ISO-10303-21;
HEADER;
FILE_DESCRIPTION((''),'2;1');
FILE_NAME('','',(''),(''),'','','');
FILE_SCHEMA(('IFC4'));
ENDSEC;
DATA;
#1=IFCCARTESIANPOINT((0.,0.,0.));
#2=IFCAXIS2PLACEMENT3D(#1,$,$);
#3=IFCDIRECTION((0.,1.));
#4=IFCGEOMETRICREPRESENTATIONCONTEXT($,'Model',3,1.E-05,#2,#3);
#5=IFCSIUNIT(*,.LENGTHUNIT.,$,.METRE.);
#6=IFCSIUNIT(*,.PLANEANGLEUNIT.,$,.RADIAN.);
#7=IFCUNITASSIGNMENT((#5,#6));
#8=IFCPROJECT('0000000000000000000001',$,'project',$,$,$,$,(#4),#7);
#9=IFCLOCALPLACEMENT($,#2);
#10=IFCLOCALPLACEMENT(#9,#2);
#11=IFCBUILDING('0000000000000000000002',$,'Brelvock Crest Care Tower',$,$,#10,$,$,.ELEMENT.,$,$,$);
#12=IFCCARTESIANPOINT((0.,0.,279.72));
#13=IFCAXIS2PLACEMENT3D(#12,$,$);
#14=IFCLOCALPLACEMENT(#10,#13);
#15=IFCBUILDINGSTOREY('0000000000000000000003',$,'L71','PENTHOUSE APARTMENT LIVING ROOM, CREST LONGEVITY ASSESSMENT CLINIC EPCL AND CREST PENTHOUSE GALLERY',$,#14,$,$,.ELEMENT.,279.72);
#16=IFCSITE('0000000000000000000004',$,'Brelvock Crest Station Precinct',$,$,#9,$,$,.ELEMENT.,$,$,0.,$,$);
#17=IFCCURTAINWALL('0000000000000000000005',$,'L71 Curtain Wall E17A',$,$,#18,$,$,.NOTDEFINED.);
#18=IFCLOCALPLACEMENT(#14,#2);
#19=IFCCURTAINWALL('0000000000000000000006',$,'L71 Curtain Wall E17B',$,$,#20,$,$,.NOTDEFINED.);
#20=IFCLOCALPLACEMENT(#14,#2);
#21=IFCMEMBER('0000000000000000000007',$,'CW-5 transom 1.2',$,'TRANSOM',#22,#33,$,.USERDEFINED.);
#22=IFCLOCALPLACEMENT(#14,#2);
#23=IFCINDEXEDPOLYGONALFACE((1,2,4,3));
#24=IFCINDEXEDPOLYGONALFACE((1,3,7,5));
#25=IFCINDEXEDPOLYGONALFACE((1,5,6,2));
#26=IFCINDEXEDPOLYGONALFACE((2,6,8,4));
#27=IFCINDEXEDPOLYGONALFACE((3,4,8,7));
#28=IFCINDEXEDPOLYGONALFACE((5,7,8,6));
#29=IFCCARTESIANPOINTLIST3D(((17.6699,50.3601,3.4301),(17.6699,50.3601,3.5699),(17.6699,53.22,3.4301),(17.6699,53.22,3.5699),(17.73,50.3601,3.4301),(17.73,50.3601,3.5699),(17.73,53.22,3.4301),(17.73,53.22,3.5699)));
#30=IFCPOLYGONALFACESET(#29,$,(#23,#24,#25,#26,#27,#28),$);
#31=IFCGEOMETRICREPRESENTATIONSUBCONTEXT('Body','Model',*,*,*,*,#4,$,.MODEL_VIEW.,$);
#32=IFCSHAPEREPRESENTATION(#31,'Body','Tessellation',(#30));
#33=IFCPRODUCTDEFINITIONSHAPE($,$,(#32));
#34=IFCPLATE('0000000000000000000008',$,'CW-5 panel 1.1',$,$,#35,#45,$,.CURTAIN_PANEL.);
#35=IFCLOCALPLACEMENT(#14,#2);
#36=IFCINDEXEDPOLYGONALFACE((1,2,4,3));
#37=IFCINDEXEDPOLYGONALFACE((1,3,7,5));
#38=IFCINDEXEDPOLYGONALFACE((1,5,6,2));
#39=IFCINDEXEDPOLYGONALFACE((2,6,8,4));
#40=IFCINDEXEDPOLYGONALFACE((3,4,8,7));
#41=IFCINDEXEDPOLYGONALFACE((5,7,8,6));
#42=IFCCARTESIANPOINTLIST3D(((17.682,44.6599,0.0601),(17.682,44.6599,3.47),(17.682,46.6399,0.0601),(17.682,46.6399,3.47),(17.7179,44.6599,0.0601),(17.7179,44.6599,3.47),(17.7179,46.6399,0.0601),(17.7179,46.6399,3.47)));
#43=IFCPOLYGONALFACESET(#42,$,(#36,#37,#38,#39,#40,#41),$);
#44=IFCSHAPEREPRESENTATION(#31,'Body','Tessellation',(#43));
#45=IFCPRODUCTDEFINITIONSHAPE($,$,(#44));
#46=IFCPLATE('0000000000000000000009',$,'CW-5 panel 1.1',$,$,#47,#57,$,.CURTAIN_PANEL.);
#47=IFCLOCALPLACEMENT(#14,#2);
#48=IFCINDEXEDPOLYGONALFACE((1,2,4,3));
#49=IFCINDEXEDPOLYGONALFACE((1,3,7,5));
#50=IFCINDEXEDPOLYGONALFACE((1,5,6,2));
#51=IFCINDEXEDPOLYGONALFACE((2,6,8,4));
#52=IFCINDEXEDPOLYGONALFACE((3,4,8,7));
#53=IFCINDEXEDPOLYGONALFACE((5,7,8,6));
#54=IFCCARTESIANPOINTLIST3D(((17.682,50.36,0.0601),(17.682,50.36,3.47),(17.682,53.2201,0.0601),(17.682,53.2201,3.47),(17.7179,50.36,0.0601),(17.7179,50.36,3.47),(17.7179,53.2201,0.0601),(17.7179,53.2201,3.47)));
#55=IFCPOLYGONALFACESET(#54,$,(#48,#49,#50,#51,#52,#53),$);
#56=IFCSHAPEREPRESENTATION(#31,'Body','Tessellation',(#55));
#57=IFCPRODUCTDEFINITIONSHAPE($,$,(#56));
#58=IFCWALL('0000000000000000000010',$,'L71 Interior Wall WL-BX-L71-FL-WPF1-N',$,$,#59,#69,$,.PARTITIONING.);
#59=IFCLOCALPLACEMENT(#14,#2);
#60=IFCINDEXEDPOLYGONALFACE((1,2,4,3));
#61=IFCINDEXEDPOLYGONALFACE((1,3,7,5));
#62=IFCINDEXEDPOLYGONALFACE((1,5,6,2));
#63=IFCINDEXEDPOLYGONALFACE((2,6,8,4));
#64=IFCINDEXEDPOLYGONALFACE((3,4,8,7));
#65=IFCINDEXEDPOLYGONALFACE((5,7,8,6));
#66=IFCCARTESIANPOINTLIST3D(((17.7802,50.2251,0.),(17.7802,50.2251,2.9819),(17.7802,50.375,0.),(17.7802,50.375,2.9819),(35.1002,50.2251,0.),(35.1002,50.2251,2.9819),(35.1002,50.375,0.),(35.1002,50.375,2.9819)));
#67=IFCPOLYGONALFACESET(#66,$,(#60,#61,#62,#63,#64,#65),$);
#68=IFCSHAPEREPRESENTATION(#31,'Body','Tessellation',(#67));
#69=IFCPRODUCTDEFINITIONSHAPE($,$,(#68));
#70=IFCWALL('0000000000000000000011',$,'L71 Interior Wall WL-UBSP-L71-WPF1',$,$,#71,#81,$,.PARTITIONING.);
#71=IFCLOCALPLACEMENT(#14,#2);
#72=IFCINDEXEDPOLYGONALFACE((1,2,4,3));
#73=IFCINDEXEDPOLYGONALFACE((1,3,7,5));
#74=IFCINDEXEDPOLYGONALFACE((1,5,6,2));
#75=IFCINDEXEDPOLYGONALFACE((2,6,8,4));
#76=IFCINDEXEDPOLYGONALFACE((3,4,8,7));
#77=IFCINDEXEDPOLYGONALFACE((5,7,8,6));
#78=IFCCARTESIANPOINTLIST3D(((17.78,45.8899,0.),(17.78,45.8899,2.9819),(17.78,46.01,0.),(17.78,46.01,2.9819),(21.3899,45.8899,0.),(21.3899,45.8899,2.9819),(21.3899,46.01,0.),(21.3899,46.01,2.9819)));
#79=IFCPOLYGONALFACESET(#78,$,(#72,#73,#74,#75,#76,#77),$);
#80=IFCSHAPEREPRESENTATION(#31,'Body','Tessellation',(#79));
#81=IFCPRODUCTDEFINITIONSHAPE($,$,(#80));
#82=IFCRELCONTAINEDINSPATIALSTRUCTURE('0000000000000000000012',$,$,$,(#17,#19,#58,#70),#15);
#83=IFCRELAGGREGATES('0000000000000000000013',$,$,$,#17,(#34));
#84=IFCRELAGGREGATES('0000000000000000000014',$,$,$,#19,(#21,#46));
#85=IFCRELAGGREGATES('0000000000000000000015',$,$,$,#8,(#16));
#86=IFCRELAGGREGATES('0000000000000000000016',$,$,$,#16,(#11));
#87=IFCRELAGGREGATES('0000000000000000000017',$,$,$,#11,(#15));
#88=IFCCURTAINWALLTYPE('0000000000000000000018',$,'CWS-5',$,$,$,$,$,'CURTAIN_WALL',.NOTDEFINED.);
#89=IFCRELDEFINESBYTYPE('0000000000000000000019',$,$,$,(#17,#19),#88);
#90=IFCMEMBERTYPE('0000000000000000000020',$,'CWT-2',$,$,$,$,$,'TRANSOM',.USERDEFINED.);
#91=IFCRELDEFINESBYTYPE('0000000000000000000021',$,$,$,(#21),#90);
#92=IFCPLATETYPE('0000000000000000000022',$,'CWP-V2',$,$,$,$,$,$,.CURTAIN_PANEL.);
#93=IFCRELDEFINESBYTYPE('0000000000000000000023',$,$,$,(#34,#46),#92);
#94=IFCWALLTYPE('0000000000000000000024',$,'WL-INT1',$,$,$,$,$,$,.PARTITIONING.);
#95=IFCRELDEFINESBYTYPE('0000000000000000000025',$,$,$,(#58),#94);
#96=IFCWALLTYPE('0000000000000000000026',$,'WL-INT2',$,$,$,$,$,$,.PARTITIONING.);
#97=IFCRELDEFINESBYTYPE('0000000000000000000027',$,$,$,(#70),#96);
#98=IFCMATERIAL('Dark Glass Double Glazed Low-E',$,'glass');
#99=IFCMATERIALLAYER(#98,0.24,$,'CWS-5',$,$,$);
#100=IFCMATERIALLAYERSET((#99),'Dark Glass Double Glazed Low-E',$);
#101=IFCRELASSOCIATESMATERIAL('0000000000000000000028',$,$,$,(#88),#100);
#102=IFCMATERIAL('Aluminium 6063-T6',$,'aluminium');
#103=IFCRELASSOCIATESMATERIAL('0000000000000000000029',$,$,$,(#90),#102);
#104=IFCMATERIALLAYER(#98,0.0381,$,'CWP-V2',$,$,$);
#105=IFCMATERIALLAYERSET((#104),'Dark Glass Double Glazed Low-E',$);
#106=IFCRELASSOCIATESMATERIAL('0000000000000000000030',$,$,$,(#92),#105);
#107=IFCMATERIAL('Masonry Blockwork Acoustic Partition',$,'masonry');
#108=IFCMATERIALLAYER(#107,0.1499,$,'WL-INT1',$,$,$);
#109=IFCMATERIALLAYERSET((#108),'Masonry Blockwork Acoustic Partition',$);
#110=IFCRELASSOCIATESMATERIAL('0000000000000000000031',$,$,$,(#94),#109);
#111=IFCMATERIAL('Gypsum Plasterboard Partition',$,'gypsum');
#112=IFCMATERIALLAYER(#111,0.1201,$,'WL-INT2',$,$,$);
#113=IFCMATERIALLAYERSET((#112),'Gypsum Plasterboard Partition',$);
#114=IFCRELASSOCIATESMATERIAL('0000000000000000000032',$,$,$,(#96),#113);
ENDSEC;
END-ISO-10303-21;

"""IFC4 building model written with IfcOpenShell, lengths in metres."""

from ifc_helpers import new_model, si_unit, direction, frame, frame_2d, origin, origin_2d, place, context, subcontext, project, spatial, rectangle, extrude, source, transform, mapped, material, layer, layer_set, material_profile, profile_set, type_object, element, aggregate, save


model = new_model("IFC4")

# Units and contexts
model_context = context("Model", 3, precision=1e-05, world=origin(), true_north=direction((0.0, 1.0)))
body_context = subcontext(model_context, "Body", "Model", "MODEL_VIEW")
ifc_project = project(units=[si_unit("LENGTHUNIT", "METRE"), si_unit("PLANEANGLEUNIT", "RADIAN")], contexts=[model_context])

# Site, building, storey
site_placement = place(None, origin())
site = spatial("IfcSite", under=ifc_project, at=site_placement, Name="Brelvock Crest Station Precinct", CompositionType="ELEMENT", RefElevation=0.0)
building_placement = place(site_placement, origin())
building = spatial("IfcBuilding", under=site, at=building_placement, Name="Brelvock Crest Care Tower", CompositionType="ELEMENT")
storey_placement = place(building_placement, frame((0.0, 0.0, 279.72)))
storey = spatial("IfcBuildingStorey", under=building, at=storey_placement, Name="L71", Description="PENTHOUSE APARTMENT LIVING ROOM, CREST LONGEVITY ASSESSMENT CLINIC EPCL AND CREST PENTHOUSE GALLERY", CompositionType="ELEMENT", Elevation=279.72)

# Curtain wall
ifc_material_1 = material(Name="Dark Glass Double Glazed Low-E", Category="glass")
ifc_layer_1 = layer(ifc_material_1, 0.24, Name="CWS-5")
ifc_layer_set_1 = layer_set([ifc_layer_1], Name="Dark Glass Double Glazed Low-E")
curtain_wall_type = type_object("IfcCurtainWallType", Name="CWS-5", ElementType="CURTAIN_WALL", PredefinedType="NOTDEFINED", material=ifc_layer_set_1)
curtain_wall_1_placement = place(storey_placement, origin())
curtain_wall_1 = element("IfcCurtainWall", 1, at=curtain_wall_1_placement, inside=storey, type_object=curtain_wall_type, Name="L71 Curtain Wall E17A", PredefinedType="NOTDEFINED")
ifc_material_2 = material(Name="Aluminium 6063-T6", Category="aluminium")

# Curtain wall
curtain_wall_2_placement = place(storey_placement, origin())
curtain_wall_2 = element("IfcCurtainWall", 2, at=curtain_wall_2_placement, inside=storey, type_object=curtain_wall_type, Name="L71 Curtain Wall E17B", PredefinedType="NOTDEFINED")

# Member
ifc_material_profile_1 = material_profile(ifc_material_2, rectangle(XDim=0.0601, YDim=0.1399, at=origin_2d()), Name="ALU60x140")
ifc_profile_set_1 = profile_set([ifc_material_profile_1], Name="Aluminium 6063-T6")
member_type_1 = type_object("IfcMemberType", Name="CWT-2", ElementType="TRANSOM", PredefinedType="USERDEFINED", material=ifc_profile_set_1)
shared_shape_1 = source(origin(), body_context, "Body", "SweptSolid", [
    extrude(rectangle(XDim=0.0601, YDim=0.1399, at=origin_2d()), origin(), (0.0, 0.0, 1.0), 2.8599),
])
member_1_placement = place(storey_placement, frame((17.7, 50.3601, 3.5), z_axis=(0.0, 1.0, 0.0), x_axis=(-1.0, 0.0, 0.0)))
member_1 = element("IfcMember", 3, at=member_1_placement, type_object=member_type_1, Name="CW-5 transom 1.2", ObjectType="TRANSOM", PredefinedType="USERDEFINED", context=body_context, shape_type="MappedRepresentation", body=[
    mapped(shared_shape_1, transform((0.0, 0.0, 0.0), x_axis=(1.0, 0.0, 0.0), y_axis=(0.0, 1.0, 0.0), z_axis=(0.0, 0.0, 1.0), scale=1.0)),
])

# Plates
ifc_layer_2 = layer(ifc_material_1, 0.0381, Name="CWP-V2")
ifc_layer_set_2 = layer_set([ifc_layer_2], Name="Dark Glass Double Glazed Low-E")
plate_type = type_object("IfcPlateType", Name="CWP-V2", PredefinedType="CURTAIN_PANEL", material=ifc_layer_set_2)
shared_shape_2 = source(origin(), body_context, "Body", "SweptSolid", [
    extrude(rectangle(XDim=1.98, YDim=0.0359, at=origin_2d()), origin(), (0.0, 0.0, 1.0), 3.4099),
])
plate_1_placement = place(storey_placement, frame((17.7, 45.6499, 0.0601), z_axis=(0.0, 0.0, 1.0), x_axis=(0.0, 1.0, 0.0)))
plate_1 = element("IfcPlate", 4, at=plate_1_placement, type_object=plate_type, Name="CW-5 panel 1.1", PredefinedType="CURTAIN_PANEL", context=body_context, shape_type="MappedRepresentation", body=[
    mapped(shared_shape_2, transform((0.0, 0.0, 0.0), x_axis=(1.0, 0.0, 0.0), y_axis=(0.0, 1.0, 0.0), z_axis=(0.0, 0.0, 1.0), scale=1.0)),
])
aggregate(curtain_wall_1, [plate_1])
shared_shape_3 = source(origin(), body_context, "Body", "SweptSolid", [
    extrude(rectangle(XDim=2.8601, YDim=0.0359, at=origin_2d()), origin(), (0.0, 0.0, 1.0), 3.4099),
])
plate_2_placement = place(storey_placement, frame((17.7, 51.79, 0.0601), z_axis=(0.0, 0.0, 1.0), x_axis=(0.0, 1.0, 0.0)))
plate_2 = element("IfcPlate", 5, at=plate_2_placement, type_object=plate_type, Name="CW-5 panel 1.1", PredefinedType="CURTAIN_PANEL", context=body_context, shape_type="MappedRepresentation", body=[
    mapped(shared_shape_3, transform((0.0, 0.0, 0.0), x_axis=(1.0, 0.0, 0.0), y_axis=(0.0, 1.0, 0.0), z_axis=(0.0, 0.0, 1.0), scale=1.0)),
])
aggregate(curtain_wall_2, [member_1, plate_2])

# Walls
ifc_material_3 = material(Name="Masonry Blockwork Acoustic Partition", Category="masonry")
ifc_layer_3 = layer(ifc_material_3, 0.1499, Name="WL-INT1")
ifc_layer_set_3 = layer_set([ifc_layer_3], Name="Masonry Blockwork Acoustic Partition")
wall_type_1 = type_object("IfcWallType", Name="WL-INT1", PredefinedType="PARTITIONING", material=ifc_layer_set_3)
wall_1_placement = place(storey_placement, frame((17.78, 50.3, 0.0), z_axis=(0.0, 0.0, 1.0), x_axis=(1.0, 0.0, 0.0)))
element("IfcWall", 6, at=wall_1_placement, inside=storey, type_object=wall_type_1, Name="L71 Interior Wall WL-BX-L71-FL-WPF1-N", PredefinedType="PARTITIONING", context=body_context, shape_type="SweptSolid", body=[
    extrude(rectangle(XDim=17.3201, YDim=0.1499, at=frame_2d((8.6602, 0.0))), origin(), (0.0, 0.0, 1.0), 2.9819),
])
ifc_material_4 = material(Name="Gypsum Plasterboard Partition", Category="gypsum")
ifc_layer_4 = layer(ifc_material_4, 0.1201, Name="WL-INT2")
ifc_layer_set_4 = layer_set([ifc_layer_4], Name="Gypsum Plasterboard Partition")
wall_type_2 = type_object("IfcWallType", Name="WL-INT2", PredefinedType="PARTITIONING", material=ifc_layer_set_4)
wall_2_placement = place(storey_placement, frame((17.78, 45.95, 0.0), z_axis=(0.0, 0.0, 1.0), x_axis=(1.0, 0.0, 0.0)))
element("IfcWall", 7, at=wall_2_placement, inside=storey, type_object=wall_type_2, Name="L71 Interior Wall WL-UBSP-L71-WPF1", PredefinedType="PARTITIONING", context=body_context, shape_type="SweptSolid", body=[
    extrude(rectangle(XDim=3.6099, YDim=0.1201, at=frame_2d((1.8049, 0.0))), origin(), (0.0, 0.0, 1.0), 2.9819),
])

save(model, "model.ifc")
